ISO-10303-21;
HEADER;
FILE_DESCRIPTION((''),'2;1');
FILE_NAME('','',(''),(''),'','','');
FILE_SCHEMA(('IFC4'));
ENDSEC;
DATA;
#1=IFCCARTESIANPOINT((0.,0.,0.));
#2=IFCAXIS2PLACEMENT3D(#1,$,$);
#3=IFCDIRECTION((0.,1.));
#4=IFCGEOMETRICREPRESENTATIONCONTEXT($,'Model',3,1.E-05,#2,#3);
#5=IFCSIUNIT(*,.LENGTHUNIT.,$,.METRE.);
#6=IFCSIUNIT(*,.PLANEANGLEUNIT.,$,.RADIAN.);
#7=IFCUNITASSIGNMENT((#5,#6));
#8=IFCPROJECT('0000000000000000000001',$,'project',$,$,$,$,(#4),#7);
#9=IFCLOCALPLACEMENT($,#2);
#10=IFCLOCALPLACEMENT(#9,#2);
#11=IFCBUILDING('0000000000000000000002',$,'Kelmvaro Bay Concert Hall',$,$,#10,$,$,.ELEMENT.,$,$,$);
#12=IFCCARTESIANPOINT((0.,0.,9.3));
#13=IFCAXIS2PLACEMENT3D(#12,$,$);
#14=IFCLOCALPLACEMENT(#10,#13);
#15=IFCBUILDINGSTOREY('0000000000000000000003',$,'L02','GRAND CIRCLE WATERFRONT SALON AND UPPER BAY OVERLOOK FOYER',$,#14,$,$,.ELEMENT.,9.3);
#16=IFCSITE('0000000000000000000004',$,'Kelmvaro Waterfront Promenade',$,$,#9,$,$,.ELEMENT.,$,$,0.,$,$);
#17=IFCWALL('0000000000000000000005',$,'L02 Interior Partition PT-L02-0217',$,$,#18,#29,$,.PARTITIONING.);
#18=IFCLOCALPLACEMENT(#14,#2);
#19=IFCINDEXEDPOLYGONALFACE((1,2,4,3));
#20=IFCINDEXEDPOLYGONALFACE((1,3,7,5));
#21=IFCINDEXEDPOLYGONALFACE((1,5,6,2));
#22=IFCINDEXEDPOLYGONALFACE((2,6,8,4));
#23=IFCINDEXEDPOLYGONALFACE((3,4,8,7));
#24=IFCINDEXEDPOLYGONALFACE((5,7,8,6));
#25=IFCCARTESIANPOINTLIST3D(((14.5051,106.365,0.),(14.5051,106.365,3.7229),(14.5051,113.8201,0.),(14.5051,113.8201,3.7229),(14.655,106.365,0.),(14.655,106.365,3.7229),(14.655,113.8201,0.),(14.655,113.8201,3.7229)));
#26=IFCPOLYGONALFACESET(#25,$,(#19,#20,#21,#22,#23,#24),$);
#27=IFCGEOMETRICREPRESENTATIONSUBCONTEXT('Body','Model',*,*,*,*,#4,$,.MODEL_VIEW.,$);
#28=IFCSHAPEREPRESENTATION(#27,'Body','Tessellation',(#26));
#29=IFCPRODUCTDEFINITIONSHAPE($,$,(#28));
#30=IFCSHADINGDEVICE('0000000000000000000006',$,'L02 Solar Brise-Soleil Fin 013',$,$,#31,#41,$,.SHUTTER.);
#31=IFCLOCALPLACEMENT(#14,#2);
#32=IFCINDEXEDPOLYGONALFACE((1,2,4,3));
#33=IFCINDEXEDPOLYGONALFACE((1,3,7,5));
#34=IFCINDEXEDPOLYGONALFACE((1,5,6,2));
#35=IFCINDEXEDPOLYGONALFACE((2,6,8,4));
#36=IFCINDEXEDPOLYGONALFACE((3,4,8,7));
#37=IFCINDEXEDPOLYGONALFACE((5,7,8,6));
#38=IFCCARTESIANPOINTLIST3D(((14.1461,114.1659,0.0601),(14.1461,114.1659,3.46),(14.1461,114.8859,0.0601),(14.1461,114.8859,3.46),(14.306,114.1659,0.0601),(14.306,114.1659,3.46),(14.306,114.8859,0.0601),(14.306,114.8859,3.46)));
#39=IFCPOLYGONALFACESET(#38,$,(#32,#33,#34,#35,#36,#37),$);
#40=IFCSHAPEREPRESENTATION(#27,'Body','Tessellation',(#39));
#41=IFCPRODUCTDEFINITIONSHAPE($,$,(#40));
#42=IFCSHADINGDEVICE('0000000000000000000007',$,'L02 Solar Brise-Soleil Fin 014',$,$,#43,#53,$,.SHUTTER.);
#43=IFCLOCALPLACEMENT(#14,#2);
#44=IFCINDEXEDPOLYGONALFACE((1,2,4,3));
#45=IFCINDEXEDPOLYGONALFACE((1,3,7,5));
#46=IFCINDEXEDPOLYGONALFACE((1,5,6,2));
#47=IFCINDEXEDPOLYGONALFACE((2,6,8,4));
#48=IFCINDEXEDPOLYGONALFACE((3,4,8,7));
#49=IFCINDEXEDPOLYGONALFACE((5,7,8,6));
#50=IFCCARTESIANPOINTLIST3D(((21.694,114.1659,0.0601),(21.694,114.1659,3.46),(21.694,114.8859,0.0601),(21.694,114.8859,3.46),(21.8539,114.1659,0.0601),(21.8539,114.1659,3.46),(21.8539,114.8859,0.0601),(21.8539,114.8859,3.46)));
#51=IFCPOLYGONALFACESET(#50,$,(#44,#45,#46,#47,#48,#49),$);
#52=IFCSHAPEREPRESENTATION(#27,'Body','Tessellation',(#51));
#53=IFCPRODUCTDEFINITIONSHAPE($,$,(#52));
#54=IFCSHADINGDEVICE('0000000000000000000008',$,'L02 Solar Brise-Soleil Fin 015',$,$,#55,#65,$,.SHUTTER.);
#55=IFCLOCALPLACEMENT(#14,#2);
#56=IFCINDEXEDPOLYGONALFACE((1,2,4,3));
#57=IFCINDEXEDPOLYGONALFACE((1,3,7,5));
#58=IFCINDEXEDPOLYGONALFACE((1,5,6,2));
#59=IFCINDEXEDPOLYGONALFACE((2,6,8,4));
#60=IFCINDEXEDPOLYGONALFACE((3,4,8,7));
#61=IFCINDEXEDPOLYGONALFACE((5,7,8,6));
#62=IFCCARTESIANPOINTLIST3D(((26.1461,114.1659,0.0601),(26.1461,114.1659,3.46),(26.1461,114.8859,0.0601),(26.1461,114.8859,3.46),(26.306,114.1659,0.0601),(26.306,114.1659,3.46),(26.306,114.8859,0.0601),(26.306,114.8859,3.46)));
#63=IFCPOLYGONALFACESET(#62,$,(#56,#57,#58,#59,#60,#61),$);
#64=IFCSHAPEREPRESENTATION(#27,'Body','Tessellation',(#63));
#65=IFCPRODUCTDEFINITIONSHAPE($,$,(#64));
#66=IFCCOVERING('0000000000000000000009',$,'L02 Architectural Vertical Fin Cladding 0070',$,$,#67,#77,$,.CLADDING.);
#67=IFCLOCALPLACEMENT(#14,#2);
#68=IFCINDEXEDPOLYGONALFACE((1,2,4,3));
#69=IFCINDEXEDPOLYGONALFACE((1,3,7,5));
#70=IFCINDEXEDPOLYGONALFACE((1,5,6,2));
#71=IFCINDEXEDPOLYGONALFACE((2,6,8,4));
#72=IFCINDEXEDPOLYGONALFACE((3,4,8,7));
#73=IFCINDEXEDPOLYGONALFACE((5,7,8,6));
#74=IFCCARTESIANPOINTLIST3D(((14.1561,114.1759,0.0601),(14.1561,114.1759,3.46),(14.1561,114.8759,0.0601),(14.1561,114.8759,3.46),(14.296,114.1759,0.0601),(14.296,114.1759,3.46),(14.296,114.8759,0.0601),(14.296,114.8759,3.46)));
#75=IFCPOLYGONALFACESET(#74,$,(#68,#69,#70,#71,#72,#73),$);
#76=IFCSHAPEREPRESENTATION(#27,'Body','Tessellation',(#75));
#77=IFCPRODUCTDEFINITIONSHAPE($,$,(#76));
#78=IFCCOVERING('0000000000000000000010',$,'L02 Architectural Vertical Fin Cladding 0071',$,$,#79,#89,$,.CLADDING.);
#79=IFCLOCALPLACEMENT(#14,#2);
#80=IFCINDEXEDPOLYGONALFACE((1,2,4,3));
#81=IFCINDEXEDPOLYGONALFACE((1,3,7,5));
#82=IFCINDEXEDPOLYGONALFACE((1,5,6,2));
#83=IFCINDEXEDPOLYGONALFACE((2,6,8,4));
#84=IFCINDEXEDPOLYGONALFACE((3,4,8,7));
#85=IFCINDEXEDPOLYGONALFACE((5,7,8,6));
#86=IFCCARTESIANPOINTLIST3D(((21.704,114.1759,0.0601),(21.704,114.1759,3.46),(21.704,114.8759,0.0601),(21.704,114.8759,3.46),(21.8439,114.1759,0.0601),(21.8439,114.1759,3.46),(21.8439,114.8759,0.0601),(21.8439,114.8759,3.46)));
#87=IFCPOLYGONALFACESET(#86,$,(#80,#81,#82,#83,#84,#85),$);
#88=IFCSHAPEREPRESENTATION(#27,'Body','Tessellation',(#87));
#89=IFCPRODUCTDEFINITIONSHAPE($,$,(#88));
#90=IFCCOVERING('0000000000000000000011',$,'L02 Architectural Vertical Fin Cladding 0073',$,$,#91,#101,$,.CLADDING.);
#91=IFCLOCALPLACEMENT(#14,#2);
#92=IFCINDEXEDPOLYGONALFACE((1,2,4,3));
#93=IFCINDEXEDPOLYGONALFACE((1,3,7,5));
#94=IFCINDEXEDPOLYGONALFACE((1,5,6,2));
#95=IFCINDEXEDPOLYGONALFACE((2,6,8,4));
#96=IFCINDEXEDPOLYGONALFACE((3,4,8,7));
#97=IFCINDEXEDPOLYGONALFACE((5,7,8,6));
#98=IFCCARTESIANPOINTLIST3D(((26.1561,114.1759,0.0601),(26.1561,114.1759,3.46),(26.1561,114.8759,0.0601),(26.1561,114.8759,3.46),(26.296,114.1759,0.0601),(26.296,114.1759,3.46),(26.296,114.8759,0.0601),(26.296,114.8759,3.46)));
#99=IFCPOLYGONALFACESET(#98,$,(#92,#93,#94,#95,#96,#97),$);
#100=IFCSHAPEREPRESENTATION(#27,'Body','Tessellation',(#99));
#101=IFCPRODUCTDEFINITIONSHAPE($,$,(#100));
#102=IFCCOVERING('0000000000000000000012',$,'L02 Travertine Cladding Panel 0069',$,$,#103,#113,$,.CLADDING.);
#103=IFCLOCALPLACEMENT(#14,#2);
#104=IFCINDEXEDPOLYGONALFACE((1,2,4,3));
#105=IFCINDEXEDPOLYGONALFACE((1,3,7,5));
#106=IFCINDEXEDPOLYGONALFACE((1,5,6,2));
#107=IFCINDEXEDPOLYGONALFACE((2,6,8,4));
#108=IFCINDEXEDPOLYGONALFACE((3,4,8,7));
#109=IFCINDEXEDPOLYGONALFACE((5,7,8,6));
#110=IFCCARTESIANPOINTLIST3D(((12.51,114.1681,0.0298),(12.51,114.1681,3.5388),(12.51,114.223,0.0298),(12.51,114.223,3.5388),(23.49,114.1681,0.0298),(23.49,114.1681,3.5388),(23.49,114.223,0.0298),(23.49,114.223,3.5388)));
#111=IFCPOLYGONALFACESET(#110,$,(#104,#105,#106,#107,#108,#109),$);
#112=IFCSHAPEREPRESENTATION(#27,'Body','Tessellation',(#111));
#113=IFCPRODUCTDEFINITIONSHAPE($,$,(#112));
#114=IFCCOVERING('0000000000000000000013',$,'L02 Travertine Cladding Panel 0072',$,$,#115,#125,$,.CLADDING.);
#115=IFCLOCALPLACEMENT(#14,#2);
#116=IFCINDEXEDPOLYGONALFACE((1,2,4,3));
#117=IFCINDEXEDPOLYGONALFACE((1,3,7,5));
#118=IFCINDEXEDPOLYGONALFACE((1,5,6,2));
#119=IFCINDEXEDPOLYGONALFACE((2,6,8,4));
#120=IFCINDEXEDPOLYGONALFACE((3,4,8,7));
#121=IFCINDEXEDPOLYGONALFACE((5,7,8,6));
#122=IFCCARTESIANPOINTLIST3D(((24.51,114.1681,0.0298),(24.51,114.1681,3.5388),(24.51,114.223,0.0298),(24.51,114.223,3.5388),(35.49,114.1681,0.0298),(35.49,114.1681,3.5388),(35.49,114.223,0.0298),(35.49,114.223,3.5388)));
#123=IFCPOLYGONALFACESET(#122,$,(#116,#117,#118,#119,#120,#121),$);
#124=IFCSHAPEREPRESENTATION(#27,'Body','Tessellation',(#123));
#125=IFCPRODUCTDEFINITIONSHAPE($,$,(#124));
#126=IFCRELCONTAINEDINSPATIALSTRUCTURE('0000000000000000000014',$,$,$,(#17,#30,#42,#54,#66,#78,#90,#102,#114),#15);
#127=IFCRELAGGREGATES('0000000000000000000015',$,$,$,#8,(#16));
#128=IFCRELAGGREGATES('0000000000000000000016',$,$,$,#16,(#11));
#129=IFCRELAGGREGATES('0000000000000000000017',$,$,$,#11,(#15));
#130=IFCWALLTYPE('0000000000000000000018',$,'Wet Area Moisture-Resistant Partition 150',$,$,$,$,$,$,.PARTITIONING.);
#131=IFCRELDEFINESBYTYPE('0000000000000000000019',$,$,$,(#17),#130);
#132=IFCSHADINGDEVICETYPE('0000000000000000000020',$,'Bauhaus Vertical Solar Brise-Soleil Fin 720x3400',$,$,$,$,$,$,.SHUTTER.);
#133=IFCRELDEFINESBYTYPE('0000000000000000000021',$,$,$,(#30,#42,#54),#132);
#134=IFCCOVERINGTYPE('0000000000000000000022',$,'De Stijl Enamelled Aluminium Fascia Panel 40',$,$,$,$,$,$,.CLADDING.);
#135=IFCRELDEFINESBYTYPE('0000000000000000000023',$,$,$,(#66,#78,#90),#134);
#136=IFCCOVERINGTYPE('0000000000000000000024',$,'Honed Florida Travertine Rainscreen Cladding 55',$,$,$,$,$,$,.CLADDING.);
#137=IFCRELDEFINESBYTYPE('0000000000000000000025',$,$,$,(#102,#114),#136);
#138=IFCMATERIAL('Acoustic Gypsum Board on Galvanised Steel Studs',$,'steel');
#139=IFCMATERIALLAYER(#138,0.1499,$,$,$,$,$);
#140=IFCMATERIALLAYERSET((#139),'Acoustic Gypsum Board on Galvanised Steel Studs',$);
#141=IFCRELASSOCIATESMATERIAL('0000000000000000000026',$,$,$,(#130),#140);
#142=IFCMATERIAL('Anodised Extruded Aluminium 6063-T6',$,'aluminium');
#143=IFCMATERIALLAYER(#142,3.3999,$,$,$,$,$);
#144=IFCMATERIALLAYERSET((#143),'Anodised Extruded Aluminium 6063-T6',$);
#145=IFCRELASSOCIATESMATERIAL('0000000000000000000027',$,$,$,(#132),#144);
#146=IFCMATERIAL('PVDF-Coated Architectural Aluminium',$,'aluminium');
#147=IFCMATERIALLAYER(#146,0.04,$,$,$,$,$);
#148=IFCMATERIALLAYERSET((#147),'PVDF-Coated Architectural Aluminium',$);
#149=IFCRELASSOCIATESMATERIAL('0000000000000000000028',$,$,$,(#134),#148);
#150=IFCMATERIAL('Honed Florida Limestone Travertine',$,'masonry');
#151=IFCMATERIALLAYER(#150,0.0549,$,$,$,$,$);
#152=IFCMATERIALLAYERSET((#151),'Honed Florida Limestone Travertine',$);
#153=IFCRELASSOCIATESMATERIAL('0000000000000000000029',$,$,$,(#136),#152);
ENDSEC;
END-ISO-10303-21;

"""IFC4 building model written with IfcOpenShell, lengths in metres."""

from ifc_helpers import new_model, si_unit, direction, frame, frame_2d, origin, origin_2d, place, context, subcontext, project, spatial, rectangle, extrude, material, layer, layer_set, type_object, element, save


model = new_model("IFC4")

# Units and contexts
model_context = context("Model", 3, precision=1e-05, world=origin(), true_north=direction((0.0, 1.0)))
body_context = subcontext(model_context, "Body", "Model", "MODEL_VIEW")
ifc_project = project(units=[si_unit("LENGTHUNIT", "METRE"), si_unit("PLANEANGLEUNIT", "RADIAN")], contexts=[model_context])

# Site, building, storey
site_placement = place(None, origin())
site = spatial("IfcSite", under=ifc_project, at=site_placement, Name="Kelmvaro Waterfront Promenade", CompositionType="ELEMENT", RefElevation=0.0)
building_placement = place(site_placement, origin())
building = spatial("IfcBuilding", under=site, at=building_placement, Name="Kelmvaro Bay Concert Hall", CompositionType="ELEMENT")
storey_placement = place(building_placement, frame((0.0, 0.0, 9.3)))
storey = spatial("IfcBuildingStorey", under=building, at=storey_placement, Name="L02", Description="GRAND CIRCLE WATERFRONT SALON AND UPPER BAY OVERLOOK FOYER", CompositionType="ELEMENT", Elevation=9.3)

# Shared definitions
ifc_material_1 = material(Name="Acoustic Gypsum Board on Galvanised Steel Studs", Category="steel")
ifc_layer_1 = layer(ifc_material_1, 0.1499)
ifc_layer_set_1 = layer_set([ifc_layer_1], Name="Acoustic Gypsum Board on Galvanised Steel Studs")
wall_type_1 = type_object("IfcWallType", Name="Wet Area Moisture-Resistant Partition 150", PredefinedType="PARTITIONING", material=ifc_layer_set_1)

# Wall
wall_1_placement = place(storey_placement, frame((14.5801, 106.365, 0.0), z_axis=(0.0, 0.0, 1.0), x_axis=(0.0, 1.0, 0.0)))
element("IfcWall", 1, at=wall_1_placement, inside=storey, type_object=wall_type_1, Name="L02 Interior Partition PT-L02-0217", PredefinedType="PARTITIONING", context=body_context, shape_type="SweptSolid", body=[
    extrude(rectangle(XDim=7.4551, YDim=0.1499, at=frame_2d((3.7275, 0.0))), origin(), (0.0, 0.0, 1.0), 3.7229),
])

# Shading devices
ifc_material_2 = material(Name="Anodised Extruded Aluminium 6063-T6", Category="aluminium")
ifc_layer_2 = layer(ifc_material_2, 3.3999)
ifc_layer_set_2 = layer_set([ifc_layer_2], Name="Anodised Extruded Aluminium 6063-T6")
shading_device_type = type_object("IfcShadingDeviceType", Name="Bauhaus Vertical Solar Brise-Soleil Fin 720x3400", PredefinedType="SHUTTER", material=ifc_layer_set_2)
for number, where, z_axis, x_axis, name in (
    (2, (14.2261, 114.5259, 0.0601), (0.0, 0.0, 1.0), (1.0, 0.0, 0.0), "L02 Solar Brise-Soleil Fin 013"),
    (3, (21.7739, 114.5259, 0.0601), (0.0, 0.0, 1.0), (1.0, 0.0, 0.0), "L02 Solar Brise-Soleil Fin 014"),
    (4, (26.2261, 114.5259, 0.0601), (0.0, 0.0, 1.0), (1.0, 0.0, 0.0), "L02 Solar Brise-Soleil Fin 015"),
):
    element("IfcShadingDevice", number, at=place(storey_placement, frame(where, z_axis=z_axis, x_axis=x_axis)), inside=storey, type_object=shading_device_type, Name=name, PredefinedType="SHUTTER", context=body_context, shape_type="SweptSolid", body=[
        extrude(rectangle(XDim=0.1599, YDim=0.72, at=origin_2d()), origin(), (0.0, 0.0, 1.0), 3.3999),
    ])

# Coverings
ifc_material_3 = material(Name="PVDF-Coated Architectural Aluminium", Category="aluminium")
ifc_layer_3 = layer(ifc_material_3, 0.04)
ifc_layer_set_3 = layer_set([ifc_layer_3], Name="PVDF-Coated Architectural Aluminium")
covering_type_1 = type_object("IfcCoveringType", Name="De Stijl Enamelled Aluminium Fascia Panel 40", PredefinedType="CLADDING", material=ifc_layer_set_3)
for number, where, z_axis, x_axis, name in (
    (5, (14.2261, 114.5259, 0.0601), (0.0, 0.0, 1.0), (1.0, 0.0, 0.0), "L02 Architectural Vertical Fin Cladding 0070"),
    (6, (21.7739, 114.5259, 0.0601), (0.0, 0.0, 1.0), (1.0, 0.0, 0.0), "L02 Architectural Vertical Fin Cladding 0071"),
    (7, (26.2261, 114.5259, 0.0601), (0.0, 0.0, 1.0), (1.0, 0.0, 0.0), "L02 Architectural Vertical Fin Cladding 0073"),
):
    element("IfcCovering", number, at=place(storey_placement, frame(where, z_axis=z_axis, x_axis=x_axis)), inside=storey, type_object=covering_type_1, Name=name, PredefinedType="CLADDING", context=body_context, shape_type="SweptSolid", body=[
        extrude(rectangle(XDim=0.1399, YDim=0.7, at=origin_2d()), origin(), (0.0, 0.0, 1.0), 3.3999),
    ])
ifc_material_4 = material(Name="Honed Florida Limestone Travertine", Category="masonry")
ifc_layer_4 = layer(ifc_material_4, 0.0549)
ifc_layer_set_4 = layer_set([ifc_layer_4], Name="Honed Florida Limestone Travertine")
covering_type_2 = type_object("IfcCoveringType", Name="Honed Florida Travertine Rainscreen Cladding 55", PredefinedType="CLADDING", material=ifc_layer_set_4)
for number, where, z_axis, x_axis, name in (
    (8, (18.0, 114.1956, 0.0298), (0.0, 0.0, 1.0), (1.0, 0.0, 0.0), "L02 Travertine Cladding Panel 0069"),
    (9, (30.0, 114.1956, 0.0298), (0.0, 0.0, 1.0), (1.0, 0.0, 0.0), "L02 Travertine Cladding Panel 0072"),
):
    element("IfcCovering", number, at=place(storey_placement, frame(where, z_axis=z_axis, x_axis=x_axis)), inside=storey, type_object=covering_type_2, Name=name, PredefinedType="CLADDING", context=body_context, shape_type="SweptSolid", body=[
        extrude(rectangle(XDim=10.98, YDim=0.0549, at=origin_2d()), origin(), (0.0, 0.0, 1.0), 3.509),
    ])

save(model, "model.ifc")
